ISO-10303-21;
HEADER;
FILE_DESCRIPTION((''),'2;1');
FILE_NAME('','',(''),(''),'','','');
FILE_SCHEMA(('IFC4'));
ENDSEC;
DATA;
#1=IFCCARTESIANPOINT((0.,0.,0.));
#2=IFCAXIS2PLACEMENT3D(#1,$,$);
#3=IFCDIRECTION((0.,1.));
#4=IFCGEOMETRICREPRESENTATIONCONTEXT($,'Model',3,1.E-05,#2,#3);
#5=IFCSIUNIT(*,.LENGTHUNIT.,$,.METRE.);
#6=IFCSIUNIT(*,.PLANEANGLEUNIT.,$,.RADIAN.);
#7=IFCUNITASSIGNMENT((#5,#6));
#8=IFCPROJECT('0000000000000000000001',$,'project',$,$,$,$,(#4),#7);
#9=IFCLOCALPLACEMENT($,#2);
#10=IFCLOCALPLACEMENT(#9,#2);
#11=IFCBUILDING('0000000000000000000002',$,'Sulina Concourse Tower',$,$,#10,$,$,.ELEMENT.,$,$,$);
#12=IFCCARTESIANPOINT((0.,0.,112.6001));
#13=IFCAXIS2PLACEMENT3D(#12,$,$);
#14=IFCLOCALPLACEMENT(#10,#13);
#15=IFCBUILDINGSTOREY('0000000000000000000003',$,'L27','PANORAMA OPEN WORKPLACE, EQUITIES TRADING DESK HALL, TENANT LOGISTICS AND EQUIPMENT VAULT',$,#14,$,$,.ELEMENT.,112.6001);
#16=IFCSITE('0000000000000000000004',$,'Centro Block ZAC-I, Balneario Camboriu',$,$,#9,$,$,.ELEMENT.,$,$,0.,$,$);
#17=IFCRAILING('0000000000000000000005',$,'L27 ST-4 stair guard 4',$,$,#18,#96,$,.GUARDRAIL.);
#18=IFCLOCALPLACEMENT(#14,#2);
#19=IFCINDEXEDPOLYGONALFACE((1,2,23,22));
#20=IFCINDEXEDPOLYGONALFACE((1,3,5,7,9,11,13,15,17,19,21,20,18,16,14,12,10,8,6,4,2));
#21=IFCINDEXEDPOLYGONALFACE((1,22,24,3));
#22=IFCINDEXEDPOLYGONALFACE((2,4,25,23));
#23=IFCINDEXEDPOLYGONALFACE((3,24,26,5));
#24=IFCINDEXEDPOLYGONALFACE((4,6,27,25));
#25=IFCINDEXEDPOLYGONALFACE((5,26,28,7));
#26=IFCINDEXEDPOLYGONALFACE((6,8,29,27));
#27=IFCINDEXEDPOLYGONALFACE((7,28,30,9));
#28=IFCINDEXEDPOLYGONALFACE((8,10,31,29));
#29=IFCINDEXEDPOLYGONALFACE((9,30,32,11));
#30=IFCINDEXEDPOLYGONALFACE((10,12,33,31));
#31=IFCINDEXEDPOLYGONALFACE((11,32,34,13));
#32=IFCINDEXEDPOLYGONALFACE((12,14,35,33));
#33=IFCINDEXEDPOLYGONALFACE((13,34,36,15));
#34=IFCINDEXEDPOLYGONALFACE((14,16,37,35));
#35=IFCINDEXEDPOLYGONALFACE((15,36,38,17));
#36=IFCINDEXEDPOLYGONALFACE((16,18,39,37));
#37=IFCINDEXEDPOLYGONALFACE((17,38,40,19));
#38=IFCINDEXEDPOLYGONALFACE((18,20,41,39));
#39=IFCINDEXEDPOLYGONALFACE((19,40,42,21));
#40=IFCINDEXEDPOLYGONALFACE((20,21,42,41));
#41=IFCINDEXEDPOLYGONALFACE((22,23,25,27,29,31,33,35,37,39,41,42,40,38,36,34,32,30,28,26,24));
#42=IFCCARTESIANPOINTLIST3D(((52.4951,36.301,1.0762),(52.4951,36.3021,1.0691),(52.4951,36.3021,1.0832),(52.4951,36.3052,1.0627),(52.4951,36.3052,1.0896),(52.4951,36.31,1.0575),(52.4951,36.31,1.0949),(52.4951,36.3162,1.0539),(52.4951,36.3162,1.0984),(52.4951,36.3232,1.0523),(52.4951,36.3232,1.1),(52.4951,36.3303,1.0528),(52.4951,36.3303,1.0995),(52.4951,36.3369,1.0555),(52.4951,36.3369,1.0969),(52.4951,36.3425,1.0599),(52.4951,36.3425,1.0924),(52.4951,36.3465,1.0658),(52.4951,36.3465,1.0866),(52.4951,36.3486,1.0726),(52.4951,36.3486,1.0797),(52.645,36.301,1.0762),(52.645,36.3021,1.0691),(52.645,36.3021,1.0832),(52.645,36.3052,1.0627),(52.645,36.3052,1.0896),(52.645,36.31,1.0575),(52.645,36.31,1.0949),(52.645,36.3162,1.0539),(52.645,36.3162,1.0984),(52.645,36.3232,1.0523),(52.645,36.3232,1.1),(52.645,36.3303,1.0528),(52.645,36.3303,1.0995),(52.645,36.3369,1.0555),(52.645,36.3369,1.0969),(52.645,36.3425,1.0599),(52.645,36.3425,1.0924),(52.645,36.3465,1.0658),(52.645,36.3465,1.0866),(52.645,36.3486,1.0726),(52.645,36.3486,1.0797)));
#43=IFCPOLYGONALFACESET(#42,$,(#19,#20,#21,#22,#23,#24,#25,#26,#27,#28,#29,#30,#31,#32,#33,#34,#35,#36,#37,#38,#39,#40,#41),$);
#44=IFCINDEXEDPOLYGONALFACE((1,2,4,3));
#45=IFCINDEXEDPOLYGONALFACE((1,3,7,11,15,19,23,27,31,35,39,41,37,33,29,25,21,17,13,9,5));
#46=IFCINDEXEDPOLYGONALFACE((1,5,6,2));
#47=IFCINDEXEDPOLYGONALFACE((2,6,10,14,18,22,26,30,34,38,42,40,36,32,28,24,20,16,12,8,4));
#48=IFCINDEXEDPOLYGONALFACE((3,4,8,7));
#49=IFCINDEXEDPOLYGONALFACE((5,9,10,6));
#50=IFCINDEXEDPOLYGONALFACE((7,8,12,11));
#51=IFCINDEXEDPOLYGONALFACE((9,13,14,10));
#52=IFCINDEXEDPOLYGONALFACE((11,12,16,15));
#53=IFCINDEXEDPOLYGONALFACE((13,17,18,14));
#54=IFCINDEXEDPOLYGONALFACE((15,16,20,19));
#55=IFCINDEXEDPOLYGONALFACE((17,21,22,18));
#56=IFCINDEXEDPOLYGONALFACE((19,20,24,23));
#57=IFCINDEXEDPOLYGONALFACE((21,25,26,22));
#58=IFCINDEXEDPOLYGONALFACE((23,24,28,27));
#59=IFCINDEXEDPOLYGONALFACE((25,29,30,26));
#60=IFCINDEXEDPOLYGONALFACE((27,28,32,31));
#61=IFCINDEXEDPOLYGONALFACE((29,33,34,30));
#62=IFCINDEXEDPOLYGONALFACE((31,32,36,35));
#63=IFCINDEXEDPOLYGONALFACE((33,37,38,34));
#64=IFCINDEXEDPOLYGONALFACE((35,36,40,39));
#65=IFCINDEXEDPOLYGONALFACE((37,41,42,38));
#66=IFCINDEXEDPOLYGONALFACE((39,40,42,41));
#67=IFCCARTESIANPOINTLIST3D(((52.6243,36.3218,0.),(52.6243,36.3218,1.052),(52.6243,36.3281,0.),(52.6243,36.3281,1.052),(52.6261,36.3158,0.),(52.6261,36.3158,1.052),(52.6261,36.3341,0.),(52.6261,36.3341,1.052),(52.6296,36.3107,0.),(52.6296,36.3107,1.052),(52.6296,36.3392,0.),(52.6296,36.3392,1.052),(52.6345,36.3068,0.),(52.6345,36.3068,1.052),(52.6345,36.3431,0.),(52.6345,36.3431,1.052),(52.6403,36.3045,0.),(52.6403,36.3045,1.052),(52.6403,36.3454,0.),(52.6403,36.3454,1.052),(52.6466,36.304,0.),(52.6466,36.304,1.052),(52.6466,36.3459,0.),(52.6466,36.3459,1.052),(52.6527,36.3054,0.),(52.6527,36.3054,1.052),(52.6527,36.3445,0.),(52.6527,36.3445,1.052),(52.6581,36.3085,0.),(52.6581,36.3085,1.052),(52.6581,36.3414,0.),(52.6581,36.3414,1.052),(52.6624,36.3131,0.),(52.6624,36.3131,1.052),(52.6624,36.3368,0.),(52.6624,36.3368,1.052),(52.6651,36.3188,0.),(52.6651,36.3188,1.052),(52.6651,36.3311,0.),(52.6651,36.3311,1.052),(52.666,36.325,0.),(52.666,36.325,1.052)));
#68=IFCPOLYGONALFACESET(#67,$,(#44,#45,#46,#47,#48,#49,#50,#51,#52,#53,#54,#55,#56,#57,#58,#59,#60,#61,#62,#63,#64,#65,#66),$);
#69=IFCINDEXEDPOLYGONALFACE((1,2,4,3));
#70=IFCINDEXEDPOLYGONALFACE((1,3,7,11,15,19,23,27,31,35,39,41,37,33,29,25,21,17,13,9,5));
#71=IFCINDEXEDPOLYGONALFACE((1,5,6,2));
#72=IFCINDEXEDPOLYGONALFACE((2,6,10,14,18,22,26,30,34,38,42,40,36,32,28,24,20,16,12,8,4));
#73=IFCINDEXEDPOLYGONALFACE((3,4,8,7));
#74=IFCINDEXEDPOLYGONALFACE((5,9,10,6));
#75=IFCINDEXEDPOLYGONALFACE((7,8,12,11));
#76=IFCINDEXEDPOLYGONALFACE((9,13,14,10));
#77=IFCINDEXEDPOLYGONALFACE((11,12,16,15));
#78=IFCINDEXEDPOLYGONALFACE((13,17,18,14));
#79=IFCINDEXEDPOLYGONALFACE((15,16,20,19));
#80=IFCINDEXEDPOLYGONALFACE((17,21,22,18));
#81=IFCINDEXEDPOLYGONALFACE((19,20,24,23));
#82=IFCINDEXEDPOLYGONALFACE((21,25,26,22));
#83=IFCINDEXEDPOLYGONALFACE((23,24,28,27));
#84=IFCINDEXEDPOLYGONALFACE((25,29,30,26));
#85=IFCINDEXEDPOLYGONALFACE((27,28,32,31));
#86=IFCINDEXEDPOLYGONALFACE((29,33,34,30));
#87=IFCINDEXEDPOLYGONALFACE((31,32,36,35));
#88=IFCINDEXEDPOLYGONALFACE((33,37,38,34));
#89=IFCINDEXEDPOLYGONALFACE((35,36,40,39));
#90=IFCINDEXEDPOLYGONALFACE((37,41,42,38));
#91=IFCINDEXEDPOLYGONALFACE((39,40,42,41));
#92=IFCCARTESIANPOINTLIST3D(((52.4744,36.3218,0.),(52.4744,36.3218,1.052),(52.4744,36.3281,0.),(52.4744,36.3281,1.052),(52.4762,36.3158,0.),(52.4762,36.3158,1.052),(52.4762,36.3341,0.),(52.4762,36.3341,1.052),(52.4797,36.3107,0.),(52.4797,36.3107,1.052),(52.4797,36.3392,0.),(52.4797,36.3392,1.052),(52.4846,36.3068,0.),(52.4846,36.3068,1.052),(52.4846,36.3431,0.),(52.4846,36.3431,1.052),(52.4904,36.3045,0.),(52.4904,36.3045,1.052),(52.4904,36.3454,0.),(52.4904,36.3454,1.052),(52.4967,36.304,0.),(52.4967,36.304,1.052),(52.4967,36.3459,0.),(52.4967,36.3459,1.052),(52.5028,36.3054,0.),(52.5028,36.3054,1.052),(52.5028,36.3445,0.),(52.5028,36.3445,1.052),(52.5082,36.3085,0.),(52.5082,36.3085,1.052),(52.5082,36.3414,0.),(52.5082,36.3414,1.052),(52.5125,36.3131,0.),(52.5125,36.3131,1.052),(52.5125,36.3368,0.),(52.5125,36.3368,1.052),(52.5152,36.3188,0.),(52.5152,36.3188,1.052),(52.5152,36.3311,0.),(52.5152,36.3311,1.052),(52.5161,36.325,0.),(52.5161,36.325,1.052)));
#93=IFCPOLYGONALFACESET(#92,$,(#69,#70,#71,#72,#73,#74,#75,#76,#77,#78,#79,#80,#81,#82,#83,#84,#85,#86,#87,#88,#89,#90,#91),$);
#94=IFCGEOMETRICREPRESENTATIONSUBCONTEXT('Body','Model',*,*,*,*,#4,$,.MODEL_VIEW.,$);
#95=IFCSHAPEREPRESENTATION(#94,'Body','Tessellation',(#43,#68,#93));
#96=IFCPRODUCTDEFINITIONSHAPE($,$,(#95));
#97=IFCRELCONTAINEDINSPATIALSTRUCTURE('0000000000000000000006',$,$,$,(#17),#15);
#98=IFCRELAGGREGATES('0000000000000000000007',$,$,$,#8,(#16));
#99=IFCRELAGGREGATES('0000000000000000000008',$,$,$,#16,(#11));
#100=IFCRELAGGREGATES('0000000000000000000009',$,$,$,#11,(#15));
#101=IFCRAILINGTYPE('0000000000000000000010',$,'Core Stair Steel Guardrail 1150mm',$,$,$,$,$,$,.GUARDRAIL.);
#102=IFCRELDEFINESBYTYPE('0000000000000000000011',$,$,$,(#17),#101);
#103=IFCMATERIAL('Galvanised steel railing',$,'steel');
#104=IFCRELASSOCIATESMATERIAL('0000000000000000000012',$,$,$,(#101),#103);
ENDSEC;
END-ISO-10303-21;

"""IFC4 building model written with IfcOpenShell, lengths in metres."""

from ifc_helpers import new_model, si_unit, direction, frame, origin, origin_2d, place, context, subcontext, project, spatial, circle, extrude, material, type_object, element, save


model = new_model("IFC4")

# Units and contexts
model_context = context("Model", 3, precision=1e-05, world=origin(), true_north=direction((0.0, 1.0)))
body_context = subcontext(model_context, "Body", "Model", "MODEL_VIEW")
ifc_project = project(units=[si_unit("LENGTHUNIT", "METRE"), si_unit("PLANEANGLEUNIT", "RADIAN")], contexts=[model_context])

# Site, building, storey
site_placement = place(None, origin())
site = spatial("IfcSite", under=ifc_project, at=site_placement, Name="Centro Block ZAC-I, Balneario Camboriu", CompositionType="ELEMENT", RefElevation=0.0)
building_placement = place(site_placement, origin())
building = spatial("IfcBuilding", under=site, at=building_placement, Name="Sulina Concourse Tower", CompositionType="ELEMENT")
storey_placement = place(building_placement, frame((0.0, 0.0, 112.6001)))
storey = spatial("IfcBuildingStorey", under=building, at=storey_placement, Name="L27", Description="PANORAMA OPEN WORKPLACE, EQUITIES TRADING DESK HALL, TENANT LOGISTICS AND EQUIPMENT VAULT", CompositionType="ELEMENT", Elevation=112.6001)

# Railing
ifc_material_1 = material(Name="Galvanised steel railing", Category="steel")
railing_type_1 = type_object("IfcRailingType", Name="Core Stair Steel Guardrail 1150mm", PredefinedType="GUARDRAIL", material=ifc_material_1)
railing_1_placement = place(storey_placement, frame((52.645, 36.325, 0.0)))
element("IfcRailing", 1, at=railing_1_placement, inside=storey, type_object=railing_type_1, Name="L27 ST-4 stair guard 4", PredefinedType="GUARDRAIL", context=body_context, shape_type="SweptSolid", body=[
    extrude(circle(Radius=0.0239, at=origin_2d()), frame((0.0, 0.0, 1.0762), z_axis=(-1.0, 0.0, 0.0), x_axis=(0.0, -1.0, 0.0)), (0.0, 0.0, 1.0), 0.1499),
    extrude(circle(Radius=0.021, at=origin_2d()), origin(), (0.0, 0.0, 1.0), 1.052),
    extrude(circle(Radius=0.021, at=origin_2d()), frame((-0.1499, 0.0, 0.0)), (0.0, 0.0, 1.0), 1.052),
])

save(model, "model.ifc")
